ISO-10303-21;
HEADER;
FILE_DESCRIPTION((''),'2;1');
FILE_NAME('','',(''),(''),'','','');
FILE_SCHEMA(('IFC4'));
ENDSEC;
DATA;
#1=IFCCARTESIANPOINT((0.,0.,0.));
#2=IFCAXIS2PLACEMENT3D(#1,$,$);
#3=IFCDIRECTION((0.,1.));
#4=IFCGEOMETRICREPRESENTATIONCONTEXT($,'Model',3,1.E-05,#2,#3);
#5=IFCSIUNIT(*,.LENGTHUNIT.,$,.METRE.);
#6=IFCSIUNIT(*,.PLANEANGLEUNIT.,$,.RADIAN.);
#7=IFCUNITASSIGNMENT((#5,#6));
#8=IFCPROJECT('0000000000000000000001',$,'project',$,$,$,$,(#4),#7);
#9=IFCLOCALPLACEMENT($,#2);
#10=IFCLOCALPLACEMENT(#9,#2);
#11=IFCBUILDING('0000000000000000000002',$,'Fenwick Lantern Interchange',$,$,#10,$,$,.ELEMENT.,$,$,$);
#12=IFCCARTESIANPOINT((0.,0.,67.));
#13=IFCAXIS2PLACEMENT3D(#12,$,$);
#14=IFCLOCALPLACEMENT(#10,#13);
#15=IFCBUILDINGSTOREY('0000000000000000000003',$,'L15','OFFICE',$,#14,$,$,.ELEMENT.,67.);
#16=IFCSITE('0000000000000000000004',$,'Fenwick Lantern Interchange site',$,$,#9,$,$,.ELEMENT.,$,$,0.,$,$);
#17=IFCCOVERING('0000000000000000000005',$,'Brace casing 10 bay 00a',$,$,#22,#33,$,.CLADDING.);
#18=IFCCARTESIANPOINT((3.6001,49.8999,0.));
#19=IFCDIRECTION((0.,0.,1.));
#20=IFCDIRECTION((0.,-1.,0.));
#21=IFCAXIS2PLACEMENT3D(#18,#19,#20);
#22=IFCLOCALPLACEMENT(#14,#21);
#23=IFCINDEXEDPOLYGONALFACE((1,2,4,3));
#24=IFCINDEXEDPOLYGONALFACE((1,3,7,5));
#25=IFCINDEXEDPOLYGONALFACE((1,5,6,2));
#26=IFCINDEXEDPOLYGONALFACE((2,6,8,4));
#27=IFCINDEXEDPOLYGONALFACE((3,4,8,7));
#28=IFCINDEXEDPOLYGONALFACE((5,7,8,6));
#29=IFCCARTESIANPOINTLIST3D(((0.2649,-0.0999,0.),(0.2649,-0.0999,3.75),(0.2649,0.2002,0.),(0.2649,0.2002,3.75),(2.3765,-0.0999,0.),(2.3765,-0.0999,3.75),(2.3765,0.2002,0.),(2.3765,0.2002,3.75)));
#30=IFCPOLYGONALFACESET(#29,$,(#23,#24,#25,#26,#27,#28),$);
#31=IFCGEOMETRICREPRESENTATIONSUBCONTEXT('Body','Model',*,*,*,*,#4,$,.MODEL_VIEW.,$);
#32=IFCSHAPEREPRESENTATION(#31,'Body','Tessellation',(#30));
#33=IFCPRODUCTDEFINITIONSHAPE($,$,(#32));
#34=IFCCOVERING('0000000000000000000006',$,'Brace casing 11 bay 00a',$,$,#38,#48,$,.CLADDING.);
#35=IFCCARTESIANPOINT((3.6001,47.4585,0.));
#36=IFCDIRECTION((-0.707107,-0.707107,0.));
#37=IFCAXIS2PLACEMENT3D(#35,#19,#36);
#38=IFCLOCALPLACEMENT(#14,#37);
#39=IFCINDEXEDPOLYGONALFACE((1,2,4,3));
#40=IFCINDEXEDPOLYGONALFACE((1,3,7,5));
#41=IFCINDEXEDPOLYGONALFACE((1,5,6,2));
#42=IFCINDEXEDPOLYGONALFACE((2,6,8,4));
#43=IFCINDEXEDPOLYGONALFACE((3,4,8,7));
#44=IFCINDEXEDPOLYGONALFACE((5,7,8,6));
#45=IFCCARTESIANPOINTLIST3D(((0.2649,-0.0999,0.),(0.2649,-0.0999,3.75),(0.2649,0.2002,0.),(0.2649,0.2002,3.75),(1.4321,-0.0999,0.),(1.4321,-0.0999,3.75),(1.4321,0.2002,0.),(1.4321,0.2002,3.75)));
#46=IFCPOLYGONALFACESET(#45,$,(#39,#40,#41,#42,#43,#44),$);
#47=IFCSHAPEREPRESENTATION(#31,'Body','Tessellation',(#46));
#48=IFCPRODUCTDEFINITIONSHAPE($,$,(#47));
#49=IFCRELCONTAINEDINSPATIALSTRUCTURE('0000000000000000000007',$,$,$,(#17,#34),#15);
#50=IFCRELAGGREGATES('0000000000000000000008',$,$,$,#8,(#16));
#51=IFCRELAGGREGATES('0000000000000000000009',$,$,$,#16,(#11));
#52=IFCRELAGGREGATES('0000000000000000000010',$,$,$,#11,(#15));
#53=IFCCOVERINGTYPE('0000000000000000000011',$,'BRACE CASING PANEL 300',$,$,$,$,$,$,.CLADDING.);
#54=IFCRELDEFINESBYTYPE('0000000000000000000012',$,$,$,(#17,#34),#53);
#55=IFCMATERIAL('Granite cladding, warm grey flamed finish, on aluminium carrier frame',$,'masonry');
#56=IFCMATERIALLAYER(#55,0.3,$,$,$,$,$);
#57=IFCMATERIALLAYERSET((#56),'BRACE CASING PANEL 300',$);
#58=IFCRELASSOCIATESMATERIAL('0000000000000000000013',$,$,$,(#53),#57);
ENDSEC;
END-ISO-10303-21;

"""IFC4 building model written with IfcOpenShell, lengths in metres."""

from ifc_helpers import new_model, si_unit, direction, frame, origin, place, context, subcontext, project, spatial, polyline, outline, extrude, material, layer, layer_set, type_object, element, save


model = new_model("IFC4")

# Units and contexts
model_context = context("Model", 3, precision=1e-05, world=origin(), true_north=direction((0.0, 1.0)))
body_context = subcontext(model_context, "Body", "Model", "MODEL_VIEW")
ifc_project = project(units=[si_unit("LENGTHUNIT", "METRE"), si_unit("PLANEANGLEUNIT", "RADIAN")], contexts=[model_context])

# Site, building, storey
site_placement = place(None, origin())
site = spatial("IfcSite", under=ifc_project, at=site_placement, Name="Fenwick Lantern Interchange site", CompositionType="ELEMENT", RefElevation=0.0)
building_placement = place(site_placement, origin())
building = spatial("IfcBuilding", under=site, at=building_placement, Name="Fenwick Lantern Interchange", CompositionType="ELEMENT")
storey_placement = place(building_placement, frame((0.0, 0.0, 67.0)))
storey = spatial("IfcBuildingStorey", under=building, at=storey_placement, Name="L15", Description="OFFICE", CompositionType="ELEMENT", Elevation=67.0)

# Coverings
ifc_material_1 = material(Name="Granite cladding, warm grey flamed finish, on aluminium carrier frame", Category="masonry")
ifc_layer_1 = layer(ifc_material_1, 0.3)
ifc_layer_set_1 = layer_set([ifc_layer_1], Name="BRACE CASING PANEL 300")
covering_type = type_object("IfcCoveringType", Name="BRACE CASING PANEL 300", PredefinedType="CLADDING", material=ifc_layer_set_1)
covering_1_placement = place(storey_placement, frame((3.6001, 49.8999, 0.0), z_axis=(0.0, 0.0, 1.0), x_axis=(0.0, -1.0, 0.0)))
element("IfcCovering", 1, at=covering_1_placement, inside=storey, type_object=covering_type, Name="Brace casing 10 bay 00a", PredefinedType="CLADDING", context=body_context, shape_type="SweptSolid", body=[
    extrude(outline(polyline([(0.2649, 0.0), (2.3765, 0.0), (2.3765, 3.75), (0.2649, 3.75), (0.2649, 0.0)])), frame((0.0, 0.2002, 0.0), z_axis=(0.0, -1.0, 0.0), x_axis=(1.0, 0.0, 0.0)), (0.0, 0.0, 1.0), 0.3),
])
covering_2_placement = place(storey_placement, frame((3.6001, 47.4585, 0.0), z_axis=(0.0, 0.0, 1.0), x_axis=(-0.707107, -0.707107, 0.0)))
element("IfcCovering", 2, at=covering_2_placement, inside=storey, type_object=covering_type, Name="Brace casing 11 bay 00a", PredefinedType="CLADDING", context=body_context, shape_type="SweptSolid", body=[
    extrude(outline(polyline([(0.2649, 0.0), (1.4321, 0.0), (1.4321, 3.75), (0.2649, 3.75), (0.2649, 0.0)])), frame((0.0, 0.2002, 0.0), z_axis=(0.0, -1.0, 0.0), x_axis=(1.0, 0.0, 0.0)), (0.0, 0.0, 1.0), 0.3),
])

save(model, "model.ifc")
